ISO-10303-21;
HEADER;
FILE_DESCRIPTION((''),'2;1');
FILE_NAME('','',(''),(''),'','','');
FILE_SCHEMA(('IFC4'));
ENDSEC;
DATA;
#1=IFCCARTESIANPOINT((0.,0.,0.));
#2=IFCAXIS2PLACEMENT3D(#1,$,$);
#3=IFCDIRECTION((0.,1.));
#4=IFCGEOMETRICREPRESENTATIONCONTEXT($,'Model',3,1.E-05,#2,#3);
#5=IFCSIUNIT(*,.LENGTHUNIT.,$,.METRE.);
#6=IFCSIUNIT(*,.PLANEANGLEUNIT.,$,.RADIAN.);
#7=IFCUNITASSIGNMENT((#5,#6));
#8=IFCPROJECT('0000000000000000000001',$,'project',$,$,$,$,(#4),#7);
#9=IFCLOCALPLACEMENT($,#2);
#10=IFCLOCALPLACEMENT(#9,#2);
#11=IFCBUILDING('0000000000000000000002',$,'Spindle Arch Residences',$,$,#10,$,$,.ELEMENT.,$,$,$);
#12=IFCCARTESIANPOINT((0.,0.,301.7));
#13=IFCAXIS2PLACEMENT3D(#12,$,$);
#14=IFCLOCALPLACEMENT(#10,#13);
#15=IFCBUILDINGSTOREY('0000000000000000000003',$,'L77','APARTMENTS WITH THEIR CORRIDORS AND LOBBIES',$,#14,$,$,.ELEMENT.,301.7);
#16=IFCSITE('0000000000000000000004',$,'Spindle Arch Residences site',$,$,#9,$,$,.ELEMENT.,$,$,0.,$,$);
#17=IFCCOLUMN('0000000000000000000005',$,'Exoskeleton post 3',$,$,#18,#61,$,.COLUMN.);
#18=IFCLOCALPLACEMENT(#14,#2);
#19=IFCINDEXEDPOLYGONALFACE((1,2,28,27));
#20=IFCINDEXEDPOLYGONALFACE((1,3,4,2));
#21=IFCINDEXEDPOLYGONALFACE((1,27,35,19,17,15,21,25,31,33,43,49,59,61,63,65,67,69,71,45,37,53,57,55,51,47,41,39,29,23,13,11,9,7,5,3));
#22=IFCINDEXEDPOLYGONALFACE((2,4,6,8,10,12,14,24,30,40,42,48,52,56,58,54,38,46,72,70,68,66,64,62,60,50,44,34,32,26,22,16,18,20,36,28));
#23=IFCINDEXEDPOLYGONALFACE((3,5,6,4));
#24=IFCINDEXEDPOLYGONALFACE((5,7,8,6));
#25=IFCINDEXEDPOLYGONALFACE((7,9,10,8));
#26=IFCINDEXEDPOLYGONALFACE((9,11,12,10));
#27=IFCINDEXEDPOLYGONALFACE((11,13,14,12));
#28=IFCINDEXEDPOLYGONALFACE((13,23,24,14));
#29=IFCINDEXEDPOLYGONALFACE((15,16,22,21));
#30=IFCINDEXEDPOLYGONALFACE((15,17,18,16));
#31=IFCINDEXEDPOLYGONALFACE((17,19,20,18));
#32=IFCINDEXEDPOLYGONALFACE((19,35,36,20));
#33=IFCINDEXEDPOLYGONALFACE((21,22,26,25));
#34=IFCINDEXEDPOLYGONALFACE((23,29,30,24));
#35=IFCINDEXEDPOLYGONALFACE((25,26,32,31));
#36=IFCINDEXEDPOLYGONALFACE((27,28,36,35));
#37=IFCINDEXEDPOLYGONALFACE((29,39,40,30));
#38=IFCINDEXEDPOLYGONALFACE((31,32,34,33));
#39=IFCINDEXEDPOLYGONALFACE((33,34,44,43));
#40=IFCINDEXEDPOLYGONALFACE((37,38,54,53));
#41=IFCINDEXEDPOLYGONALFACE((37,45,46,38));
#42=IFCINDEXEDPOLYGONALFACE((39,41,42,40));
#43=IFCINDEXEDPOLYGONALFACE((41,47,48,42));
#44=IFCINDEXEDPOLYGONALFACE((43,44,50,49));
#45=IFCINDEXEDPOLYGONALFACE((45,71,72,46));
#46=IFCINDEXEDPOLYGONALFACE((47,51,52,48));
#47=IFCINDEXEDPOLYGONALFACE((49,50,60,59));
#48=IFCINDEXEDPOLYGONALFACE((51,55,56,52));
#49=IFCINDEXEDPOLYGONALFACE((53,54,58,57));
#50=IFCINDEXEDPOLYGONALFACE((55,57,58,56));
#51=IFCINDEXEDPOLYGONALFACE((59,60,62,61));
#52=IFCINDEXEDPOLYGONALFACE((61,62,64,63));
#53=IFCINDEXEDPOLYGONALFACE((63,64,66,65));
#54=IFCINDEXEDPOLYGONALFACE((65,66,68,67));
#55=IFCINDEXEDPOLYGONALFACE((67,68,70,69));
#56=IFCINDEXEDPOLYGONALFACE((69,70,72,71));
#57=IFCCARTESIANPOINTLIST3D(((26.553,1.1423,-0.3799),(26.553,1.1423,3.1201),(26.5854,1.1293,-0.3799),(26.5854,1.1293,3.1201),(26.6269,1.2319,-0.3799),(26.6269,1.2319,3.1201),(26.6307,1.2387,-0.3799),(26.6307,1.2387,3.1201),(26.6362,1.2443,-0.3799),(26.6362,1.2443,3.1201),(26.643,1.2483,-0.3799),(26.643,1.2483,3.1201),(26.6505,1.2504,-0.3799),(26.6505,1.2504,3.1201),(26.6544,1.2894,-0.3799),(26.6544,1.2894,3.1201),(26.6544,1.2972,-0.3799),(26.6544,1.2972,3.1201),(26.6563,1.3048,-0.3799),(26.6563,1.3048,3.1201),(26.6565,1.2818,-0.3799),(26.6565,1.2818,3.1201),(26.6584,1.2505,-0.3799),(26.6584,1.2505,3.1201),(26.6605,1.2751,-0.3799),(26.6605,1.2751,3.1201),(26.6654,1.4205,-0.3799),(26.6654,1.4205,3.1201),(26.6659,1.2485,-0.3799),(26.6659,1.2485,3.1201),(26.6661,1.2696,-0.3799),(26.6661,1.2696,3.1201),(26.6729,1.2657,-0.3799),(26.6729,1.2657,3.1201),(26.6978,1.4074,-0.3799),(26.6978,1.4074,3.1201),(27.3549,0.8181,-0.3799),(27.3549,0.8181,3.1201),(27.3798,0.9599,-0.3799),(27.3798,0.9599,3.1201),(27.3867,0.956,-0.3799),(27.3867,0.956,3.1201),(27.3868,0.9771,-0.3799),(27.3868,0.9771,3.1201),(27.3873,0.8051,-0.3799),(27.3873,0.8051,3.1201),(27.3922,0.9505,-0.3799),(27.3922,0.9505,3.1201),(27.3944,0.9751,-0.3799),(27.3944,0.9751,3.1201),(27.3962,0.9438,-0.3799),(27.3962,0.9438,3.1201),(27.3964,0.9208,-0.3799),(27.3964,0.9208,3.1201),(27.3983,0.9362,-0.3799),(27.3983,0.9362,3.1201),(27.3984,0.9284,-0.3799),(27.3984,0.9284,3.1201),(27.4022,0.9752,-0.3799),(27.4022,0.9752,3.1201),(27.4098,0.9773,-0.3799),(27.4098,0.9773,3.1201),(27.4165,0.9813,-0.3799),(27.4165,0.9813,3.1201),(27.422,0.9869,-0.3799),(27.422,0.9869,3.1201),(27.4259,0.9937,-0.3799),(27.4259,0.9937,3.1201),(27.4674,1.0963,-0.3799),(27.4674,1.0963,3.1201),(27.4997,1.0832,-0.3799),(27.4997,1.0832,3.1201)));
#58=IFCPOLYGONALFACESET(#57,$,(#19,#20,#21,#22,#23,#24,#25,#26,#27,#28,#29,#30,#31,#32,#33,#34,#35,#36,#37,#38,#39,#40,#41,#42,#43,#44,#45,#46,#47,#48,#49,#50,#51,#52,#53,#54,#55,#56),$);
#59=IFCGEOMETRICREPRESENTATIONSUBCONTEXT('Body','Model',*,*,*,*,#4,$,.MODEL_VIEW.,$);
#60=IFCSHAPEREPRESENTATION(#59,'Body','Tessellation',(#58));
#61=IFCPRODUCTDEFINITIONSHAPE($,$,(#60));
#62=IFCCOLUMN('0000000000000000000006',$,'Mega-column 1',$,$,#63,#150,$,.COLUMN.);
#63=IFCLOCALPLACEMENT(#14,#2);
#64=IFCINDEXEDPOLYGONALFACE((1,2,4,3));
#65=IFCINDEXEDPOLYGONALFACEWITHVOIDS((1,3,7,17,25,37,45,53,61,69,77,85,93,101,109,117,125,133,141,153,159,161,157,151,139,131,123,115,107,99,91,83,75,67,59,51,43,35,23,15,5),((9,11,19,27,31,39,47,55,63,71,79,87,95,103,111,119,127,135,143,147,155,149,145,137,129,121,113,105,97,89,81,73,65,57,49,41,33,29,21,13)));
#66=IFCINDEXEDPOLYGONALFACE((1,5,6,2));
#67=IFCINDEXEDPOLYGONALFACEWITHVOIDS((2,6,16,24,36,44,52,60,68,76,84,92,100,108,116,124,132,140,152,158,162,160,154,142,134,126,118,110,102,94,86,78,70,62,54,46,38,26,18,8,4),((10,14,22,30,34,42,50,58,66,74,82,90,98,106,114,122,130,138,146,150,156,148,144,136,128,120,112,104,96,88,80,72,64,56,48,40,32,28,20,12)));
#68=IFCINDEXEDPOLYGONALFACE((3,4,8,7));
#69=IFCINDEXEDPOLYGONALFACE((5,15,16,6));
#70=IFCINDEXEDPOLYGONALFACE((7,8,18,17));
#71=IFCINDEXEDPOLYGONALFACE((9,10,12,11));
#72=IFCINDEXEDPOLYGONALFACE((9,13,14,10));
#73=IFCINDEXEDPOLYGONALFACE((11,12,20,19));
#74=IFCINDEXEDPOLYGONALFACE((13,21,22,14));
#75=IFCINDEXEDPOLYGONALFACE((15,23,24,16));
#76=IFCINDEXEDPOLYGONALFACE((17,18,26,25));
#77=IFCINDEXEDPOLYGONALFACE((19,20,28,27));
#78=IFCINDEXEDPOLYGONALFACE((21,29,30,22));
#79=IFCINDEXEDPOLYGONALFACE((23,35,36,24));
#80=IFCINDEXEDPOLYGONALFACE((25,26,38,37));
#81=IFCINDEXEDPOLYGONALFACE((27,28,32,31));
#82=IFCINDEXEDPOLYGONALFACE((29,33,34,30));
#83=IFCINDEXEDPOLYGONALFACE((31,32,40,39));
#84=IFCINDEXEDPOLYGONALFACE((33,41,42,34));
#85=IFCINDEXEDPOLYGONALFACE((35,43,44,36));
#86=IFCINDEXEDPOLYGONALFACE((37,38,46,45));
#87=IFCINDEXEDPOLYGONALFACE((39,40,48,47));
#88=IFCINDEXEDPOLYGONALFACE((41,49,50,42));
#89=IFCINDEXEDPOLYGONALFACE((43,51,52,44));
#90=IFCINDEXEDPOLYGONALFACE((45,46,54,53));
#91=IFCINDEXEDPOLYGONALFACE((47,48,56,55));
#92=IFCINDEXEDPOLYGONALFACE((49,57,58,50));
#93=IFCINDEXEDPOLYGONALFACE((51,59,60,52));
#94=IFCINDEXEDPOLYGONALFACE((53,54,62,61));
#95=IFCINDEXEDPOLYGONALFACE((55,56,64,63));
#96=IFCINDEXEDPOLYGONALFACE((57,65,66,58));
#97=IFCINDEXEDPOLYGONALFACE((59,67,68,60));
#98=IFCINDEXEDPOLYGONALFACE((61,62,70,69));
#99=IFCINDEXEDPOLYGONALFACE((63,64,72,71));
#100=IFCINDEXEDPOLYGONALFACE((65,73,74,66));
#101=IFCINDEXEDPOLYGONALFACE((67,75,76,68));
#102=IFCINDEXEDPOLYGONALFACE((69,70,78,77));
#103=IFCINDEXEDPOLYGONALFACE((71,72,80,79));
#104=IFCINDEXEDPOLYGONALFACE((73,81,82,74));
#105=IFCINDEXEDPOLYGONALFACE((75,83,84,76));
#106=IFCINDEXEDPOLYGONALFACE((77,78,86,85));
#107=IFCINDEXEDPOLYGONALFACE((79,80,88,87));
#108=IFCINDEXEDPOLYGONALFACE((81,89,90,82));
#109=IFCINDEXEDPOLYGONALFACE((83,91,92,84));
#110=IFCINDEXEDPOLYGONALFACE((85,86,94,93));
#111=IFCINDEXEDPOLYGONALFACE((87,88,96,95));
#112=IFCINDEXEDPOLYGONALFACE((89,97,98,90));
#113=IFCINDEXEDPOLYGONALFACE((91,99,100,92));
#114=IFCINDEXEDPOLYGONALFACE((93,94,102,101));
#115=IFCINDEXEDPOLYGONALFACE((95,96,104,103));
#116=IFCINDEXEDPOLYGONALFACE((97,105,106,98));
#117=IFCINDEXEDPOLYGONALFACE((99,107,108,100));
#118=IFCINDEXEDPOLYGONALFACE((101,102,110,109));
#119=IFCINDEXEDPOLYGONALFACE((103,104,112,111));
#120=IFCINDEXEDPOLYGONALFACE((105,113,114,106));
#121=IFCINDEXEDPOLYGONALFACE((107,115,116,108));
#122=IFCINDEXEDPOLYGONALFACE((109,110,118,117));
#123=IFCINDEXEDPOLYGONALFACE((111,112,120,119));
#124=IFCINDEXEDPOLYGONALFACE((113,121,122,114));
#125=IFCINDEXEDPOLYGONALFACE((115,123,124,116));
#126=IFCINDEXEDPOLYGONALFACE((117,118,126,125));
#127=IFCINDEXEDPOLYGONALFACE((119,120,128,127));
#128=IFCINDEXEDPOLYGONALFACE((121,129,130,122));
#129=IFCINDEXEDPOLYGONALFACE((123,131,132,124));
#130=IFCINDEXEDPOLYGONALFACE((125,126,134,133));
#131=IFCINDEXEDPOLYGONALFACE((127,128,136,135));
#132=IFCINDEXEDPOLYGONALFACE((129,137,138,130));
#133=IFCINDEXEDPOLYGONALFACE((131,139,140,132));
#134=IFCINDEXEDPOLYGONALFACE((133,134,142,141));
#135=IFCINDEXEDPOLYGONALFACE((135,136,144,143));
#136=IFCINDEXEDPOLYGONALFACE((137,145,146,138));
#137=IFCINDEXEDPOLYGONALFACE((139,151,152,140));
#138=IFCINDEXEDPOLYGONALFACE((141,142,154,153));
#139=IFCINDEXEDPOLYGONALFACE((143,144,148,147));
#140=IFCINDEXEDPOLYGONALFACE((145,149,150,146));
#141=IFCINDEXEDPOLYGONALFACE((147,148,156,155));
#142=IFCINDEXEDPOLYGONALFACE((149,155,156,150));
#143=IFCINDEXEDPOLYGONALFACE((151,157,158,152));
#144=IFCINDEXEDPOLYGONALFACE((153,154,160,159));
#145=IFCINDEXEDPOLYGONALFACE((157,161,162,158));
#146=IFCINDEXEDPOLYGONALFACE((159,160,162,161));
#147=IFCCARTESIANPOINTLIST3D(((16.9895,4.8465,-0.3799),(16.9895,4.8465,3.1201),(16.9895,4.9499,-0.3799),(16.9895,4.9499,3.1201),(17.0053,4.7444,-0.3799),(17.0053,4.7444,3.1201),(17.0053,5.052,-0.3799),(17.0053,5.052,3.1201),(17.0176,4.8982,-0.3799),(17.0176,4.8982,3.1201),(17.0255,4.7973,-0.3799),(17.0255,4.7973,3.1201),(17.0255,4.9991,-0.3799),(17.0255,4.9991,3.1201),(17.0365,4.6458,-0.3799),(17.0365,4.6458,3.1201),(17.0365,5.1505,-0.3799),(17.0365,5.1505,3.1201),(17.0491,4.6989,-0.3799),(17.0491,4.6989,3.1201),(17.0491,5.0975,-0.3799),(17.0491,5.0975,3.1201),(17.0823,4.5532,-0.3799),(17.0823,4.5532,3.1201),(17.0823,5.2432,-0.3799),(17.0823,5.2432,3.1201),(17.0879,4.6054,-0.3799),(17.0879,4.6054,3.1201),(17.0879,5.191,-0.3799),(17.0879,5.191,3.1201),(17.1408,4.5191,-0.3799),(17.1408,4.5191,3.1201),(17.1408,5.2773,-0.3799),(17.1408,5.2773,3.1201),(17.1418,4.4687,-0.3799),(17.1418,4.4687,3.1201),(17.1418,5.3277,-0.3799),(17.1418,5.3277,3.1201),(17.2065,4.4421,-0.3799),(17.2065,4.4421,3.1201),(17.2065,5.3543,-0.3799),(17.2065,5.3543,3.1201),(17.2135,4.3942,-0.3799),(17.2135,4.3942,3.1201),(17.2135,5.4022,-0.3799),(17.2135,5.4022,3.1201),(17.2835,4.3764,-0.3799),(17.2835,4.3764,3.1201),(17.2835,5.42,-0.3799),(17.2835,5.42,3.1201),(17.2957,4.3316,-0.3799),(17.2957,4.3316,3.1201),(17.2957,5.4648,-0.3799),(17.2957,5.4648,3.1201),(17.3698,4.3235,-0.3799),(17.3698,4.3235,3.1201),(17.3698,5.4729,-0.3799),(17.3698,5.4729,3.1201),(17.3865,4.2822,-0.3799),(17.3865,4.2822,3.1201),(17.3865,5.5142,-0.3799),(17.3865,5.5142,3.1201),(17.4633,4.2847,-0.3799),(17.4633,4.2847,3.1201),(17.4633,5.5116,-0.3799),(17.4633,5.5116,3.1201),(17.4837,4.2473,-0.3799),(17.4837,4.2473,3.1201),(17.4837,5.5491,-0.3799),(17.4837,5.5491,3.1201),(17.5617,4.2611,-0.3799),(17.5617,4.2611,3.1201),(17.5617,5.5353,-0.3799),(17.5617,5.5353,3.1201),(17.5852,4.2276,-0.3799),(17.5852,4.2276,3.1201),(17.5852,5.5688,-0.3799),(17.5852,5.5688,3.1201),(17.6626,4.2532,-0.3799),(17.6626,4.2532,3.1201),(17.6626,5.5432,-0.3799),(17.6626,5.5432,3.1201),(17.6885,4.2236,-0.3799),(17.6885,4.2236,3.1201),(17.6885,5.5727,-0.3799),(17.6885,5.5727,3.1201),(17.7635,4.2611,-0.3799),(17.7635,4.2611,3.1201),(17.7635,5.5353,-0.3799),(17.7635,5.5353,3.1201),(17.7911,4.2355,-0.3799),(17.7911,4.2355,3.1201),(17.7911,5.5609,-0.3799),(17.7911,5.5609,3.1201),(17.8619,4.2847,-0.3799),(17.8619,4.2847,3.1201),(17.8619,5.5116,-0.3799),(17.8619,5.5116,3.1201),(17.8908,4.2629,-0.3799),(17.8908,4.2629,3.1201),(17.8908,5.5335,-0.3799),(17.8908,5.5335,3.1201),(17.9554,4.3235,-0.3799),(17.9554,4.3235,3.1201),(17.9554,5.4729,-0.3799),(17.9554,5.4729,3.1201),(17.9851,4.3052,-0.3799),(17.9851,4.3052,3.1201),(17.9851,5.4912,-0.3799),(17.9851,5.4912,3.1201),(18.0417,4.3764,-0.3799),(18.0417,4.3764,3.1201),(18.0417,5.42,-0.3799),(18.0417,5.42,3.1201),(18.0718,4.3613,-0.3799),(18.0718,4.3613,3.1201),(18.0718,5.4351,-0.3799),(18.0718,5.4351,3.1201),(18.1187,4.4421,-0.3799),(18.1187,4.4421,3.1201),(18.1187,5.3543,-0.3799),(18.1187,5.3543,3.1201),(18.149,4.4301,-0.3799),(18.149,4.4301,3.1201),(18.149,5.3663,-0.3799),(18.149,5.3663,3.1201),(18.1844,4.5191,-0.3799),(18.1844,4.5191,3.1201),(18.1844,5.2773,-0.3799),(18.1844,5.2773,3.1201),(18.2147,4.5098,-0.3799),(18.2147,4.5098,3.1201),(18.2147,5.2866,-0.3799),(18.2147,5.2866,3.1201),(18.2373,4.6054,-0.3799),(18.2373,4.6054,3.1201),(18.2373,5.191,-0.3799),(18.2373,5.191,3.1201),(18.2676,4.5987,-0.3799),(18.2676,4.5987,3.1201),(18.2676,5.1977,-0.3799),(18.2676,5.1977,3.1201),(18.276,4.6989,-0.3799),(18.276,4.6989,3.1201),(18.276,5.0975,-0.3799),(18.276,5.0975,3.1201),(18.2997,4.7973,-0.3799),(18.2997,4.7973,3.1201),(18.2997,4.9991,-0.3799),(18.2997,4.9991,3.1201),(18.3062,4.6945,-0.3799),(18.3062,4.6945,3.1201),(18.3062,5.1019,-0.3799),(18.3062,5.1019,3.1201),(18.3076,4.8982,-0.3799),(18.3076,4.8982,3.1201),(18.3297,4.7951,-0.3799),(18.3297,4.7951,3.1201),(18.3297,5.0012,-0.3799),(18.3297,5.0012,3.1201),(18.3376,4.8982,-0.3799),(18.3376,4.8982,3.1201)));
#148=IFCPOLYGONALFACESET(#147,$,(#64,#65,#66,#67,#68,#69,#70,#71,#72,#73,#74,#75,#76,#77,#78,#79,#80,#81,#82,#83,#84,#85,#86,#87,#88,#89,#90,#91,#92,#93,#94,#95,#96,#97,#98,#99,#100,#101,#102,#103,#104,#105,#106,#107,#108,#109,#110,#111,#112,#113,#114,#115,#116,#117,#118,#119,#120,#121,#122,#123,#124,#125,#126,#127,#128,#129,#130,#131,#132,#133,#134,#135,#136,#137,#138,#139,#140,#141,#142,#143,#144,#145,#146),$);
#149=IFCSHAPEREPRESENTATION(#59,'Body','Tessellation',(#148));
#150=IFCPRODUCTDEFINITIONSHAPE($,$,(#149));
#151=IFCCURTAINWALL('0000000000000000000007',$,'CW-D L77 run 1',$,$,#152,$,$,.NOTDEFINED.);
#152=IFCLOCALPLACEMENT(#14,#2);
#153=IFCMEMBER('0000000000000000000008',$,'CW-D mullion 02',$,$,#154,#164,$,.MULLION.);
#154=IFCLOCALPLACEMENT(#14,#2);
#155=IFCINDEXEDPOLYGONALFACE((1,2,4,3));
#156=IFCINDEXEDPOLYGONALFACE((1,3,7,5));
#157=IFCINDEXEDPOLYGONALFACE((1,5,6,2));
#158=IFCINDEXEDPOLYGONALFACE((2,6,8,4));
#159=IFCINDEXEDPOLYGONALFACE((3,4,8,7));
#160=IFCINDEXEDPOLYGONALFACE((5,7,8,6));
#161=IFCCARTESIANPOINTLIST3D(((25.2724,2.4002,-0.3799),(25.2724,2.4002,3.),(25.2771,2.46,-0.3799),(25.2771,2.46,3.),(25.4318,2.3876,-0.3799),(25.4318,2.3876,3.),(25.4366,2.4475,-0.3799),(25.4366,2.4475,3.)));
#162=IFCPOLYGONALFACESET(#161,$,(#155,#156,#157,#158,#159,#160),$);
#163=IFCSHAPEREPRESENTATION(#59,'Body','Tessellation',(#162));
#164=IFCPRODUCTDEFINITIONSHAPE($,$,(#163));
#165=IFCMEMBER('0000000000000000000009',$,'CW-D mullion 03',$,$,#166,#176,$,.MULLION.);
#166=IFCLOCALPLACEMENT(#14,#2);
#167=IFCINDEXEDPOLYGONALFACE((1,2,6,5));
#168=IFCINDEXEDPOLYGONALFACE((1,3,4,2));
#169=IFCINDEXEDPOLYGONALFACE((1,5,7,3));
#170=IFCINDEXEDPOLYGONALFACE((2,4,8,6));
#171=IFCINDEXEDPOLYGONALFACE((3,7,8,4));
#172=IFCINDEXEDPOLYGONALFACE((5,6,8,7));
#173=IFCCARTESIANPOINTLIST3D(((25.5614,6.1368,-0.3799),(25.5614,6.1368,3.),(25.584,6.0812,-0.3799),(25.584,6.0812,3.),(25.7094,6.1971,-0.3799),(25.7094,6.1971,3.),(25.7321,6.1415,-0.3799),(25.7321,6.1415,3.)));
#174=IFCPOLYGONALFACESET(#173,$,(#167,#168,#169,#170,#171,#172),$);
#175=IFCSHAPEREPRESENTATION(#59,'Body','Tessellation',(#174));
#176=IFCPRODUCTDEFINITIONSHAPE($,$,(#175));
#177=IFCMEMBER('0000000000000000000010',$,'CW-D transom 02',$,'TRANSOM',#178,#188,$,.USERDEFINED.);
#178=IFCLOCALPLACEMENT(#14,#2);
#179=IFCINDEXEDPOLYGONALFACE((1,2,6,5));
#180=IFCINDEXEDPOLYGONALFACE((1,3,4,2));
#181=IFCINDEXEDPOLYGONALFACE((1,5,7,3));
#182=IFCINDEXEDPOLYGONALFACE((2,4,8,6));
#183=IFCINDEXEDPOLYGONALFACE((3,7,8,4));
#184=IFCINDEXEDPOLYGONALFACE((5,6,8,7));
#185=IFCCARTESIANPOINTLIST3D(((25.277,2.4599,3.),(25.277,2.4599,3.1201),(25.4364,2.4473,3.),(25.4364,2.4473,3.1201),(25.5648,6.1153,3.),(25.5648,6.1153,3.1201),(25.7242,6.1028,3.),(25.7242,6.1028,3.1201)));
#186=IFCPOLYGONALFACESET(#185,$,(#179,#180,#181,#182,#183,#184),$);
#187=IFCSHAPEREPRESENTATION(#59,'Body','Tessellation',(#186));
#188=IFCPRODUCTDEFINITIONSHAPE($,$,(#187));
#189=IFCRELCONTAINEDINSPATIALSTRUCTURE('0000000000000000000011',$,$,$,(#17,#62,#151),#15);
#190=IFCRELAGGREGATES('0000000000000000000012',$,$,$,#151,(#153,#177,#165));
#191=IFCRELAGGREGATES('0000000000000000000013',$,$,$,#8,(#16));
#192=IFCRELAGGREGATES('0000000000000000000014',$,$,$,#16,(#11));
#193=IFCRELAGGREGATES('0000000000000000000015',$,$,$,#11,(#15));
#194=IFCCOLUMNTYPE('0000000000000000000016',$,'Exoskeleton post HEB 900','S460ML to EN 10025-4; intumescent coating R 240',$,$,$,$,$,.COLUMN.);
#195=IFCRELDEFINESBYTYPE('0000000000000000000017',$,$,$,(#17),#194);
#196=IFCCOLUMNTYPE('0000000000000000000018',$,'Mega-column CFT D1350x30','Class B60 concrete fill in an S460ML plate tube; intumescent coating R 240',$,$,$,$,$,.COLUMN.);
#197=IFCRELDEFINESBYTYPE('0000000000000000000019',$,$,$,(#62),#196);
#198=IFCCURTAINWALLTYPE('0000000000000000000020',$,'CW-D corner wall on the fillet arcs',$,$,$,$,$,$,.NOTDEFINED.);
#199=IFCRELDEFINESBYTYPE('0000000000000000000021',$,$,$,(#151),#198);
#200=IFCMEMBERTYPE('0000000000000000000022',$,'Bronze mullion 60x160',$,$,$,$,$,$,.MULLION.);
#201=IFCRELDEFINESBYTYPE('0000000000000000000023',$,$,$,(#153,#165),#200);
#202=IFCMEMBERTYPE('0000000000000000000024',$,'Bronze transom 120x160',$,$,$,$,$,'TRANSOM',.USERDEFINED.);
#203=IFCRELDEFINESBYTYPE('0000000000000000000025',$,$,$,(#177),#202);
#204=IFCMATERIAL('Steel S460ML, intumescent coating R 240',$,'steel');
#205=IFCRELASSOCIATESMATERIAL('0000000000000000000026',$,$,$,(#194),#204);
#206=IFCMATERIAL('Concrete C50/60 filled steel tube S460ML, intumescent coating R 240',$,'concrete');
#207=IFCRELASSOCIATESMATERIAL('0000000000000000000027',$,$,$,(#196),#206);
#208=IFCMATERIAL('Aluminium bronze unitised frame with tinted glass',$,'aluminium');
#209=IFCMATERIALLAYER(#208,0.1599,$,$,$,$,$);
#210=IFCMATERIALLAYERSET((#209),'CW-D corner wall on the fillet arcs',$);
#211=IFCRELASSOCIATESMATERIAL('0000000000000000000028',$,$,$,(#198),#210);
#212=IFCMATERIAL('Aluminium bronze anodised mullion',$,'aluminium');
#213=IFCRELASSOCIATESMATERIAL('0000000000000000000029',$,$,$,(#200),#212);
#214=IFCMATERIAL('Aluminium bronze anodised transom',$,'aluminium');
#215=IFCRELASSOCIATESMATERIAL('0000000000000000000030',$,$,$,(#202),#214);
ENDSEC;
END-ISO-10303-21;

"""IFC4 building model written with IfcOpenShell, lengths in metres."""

from ifc_helpers import new_model, si_unit, direction, frame, origin, origin_2d, place, context, subcontext, project, spatial, rectangle, hollow_circle, i_section, extrude, material, layer, layer_set, material_profile, profile_set, type_object, element, aggregate, save


model = new_model("IFC4")

# Units and contexts
model_context = context("Model", 3, precision=1e-05, world=origin(), true_north=direction((0.0, 1.0)))
body_context = subcontext(model_context, "Body", "Model", "MODEL_VIEW")
ifc_project = project(units=[si_unit("LENGTHUNIT", "METRE"), si_unit("PLANEANGLEUNIT", "RADIAN")], contexts=[model_context])

# Site, building, storey
site_placement = place(None, origin())
site = spatial("IfcSite", under=ifc_project, at=site_placement, Name="Spindle Arch Residences site", CompositionType="ELEMENT", RefElevation=0.0)
building_placement = place(site_placement, origin())
building = spatial("IfcBuilding", under=site, at=building_placement, Name="Spindle Arch Residences", CompositionType="ELEMENT")
storey_placement = place(building_placement, frame((0.0, 0.0, 301.7)))
storey = spatial("IfcBuildingStorey", under=building, at=storey_placement, Name="L77", Description="APARTMENTS WITH THEIR CORRIDORS AND LOBBIES", CompositionType="ELEMENT", Elevation=301.7)

# Columns
ifc_material_1 = material(Name="Steel S460ML, intumescent coating R 240", Category="steel")
ifc_material_profile_1 = material_profile(ifc_material_1, i_section(OverallWidth=0.3, OverallDepth=0.8999, WebThickness=0.0186, FlangeThickness=0.0349, FilletRadius=0.03, at=origin_2d()), Name="HEB 900")
ifc_profile_set_1 = profile_set([ifc_material_profile_1], Name="Steel S460ML, intumescent coating R 240")
column_type_1 = type_object("IfcColumnType", Name="Exoskeleton post HEB 900", Description="S460ML to EN 10025-4; intumescent coating R 240", PredefinedType="COLUMN", material=ifc_profile_set_1)
column_1_placement = place(storey_placement, frame((27.0264, 1.1128, -0.3799), z_axis=(0.0, 0.0, 1.0), x_axis=(-0.374803, -0.927105, 0.0)))
element("IfcColumn", 1, at=column_1_placement, inside=storey, type_object=column_type_1, Name="Exoskeleton post 3", PredefinedType="COLUMN", context=body_context, shape_type="SweptSolid", body=[
    extrude(i_section(OverallWidth=0.3, OverallDepth=0.8999, WebThickness=0.0186, FlangeThickness=0.0349, FilletRadius=0.03, at=origin_2d()), origin(), (0.0, 0.0, 1.0), 3.5),
])
ifc_material_2 = material(Name="Concrete C50/60 filled steel tube S460ML, intumescent coating R 240", Category="concrete")
ifc_material_profile_2 = material_profile(ifc_material_2, hollow_circle(Radius=0.675, WallThickness=0.03, at=origin_2d()), Name="CFT D1350x30")
ifc_profile_set_2 = profile_set([ifc_material_profile_2], Name="Concrete C50/60 filled steel tube S460ML, intumescent coating R 240")
column_type_2 = type_object("IfcColumnType", Name="Mega-column CFT D1350x30", Description="Class B60 concrete fill in an S460ML plate tube; intumescent coating R 240", PredefinedType="COLUMN", material=ifc_profile_set_2)
column_2_placement = place(storey_placement, frame((17.6626, 4.8982, -0.3799), z_axis=(0.0, 0.0, 1.0), x_axis=(1.0, 0.0, 0.0)))
element("IfcColumn", 2, at=column_2_placement, inside=storey, type_object=column_type_2, Name="Mega-column 1", PredefinedType="COLUMN", context=body_context, shape_type="SweptSolid", body=[
    extrude(hollow_circle(Radius=0.675, WallThickness=0.03, at=origin_2d()), origin(), (0.0, 0.0, 1.0), 3.5),
])

# Curtain wall, members
ifc_material_3 = material(Name="Aluminium bronze unitised frame with tinted glass", Category="aluminium")
ifc_layer_1 = layer(ifc_material_3, 0.1599)
ifc_layer_set_1 = layer_set([ifc_layer_1], Name="CW-D corner wall on the fillet arcs")
curtain_wall_type = type_object("IfcCurtainWallType", Name="CW-D corner wall on the fillet arcs", PredefinedType="NOTDEFINED", material=ifc_layer_set_1)
curtain_wall_placement = place(storey_placement, origin())
curtain_wall = element("IfcCurtainWall", 3, at=curtain_wall_placement, inside=storey, type_object=curtain_wall_type, Name="CW-D L77 run 1", PredefinedType="NOTDEFINED")
ifc_material_4 = material(Name="Aluminium bronze anodised mullion", Category="aluminium")
ifc_material_profile_3 = material_profile(ifc_material_4, rectangle(XDim=0.1599, YDim=0.0601, at=origin_2d()), Name="MU 60x160")
ifc_profile_set_3 = profile_set([ifc_material_profile_3], Name="Aluminium bronze anodised mullion")
member_type_1 = type_object("IfcMemberType", Name="Bronze mullion 60x160", PredefinedType="MULLION", material=ifc_profile_set_3)
member_1_placement = place(storey_placement, frame((25.3545, 2.4238, -0.3799), z_axis=(0.0, 0.0, 1.0), x_axis=(-0.996917, 0.078459, 0.0)))
member_1 = element("IfcMember", 4, at=member_1_placement, type_object=member_type_1, Name="CW-D mullion 02", PredefinedType="MULLION", context=body_context, shape_type="SweptSolid", body=[
    extrude(rectangle(XDim=0.1599, YDim=0.0601, at=origin_2d()), origin(), (0.0, 0.0, 1.0), 3.3799),
])
member_2_placement = place(storey_placement, frame((25.6467, 6.1392, -0.3799), z_axis=(0.0, 0.0, 1.0), x_axis=(-0.92609, -0.377302, 0.0)))
member_2 = element("IfcMember", 5, at=member_2_placement, type_object=member_type_1, Name="CW-D mullion 03", PredefinedType="MULLION", context=body_context, shape_type="SweptSolid", body=[
    extrude(rectangle(XDim=0.1599, YDim=0.0601, at=origin_2d()), origin(), (0.0, 0.0, 1.0), 3.3799),
])
ifc_material_5 = material(Name="Aluminium bronze anodised transom", Category="aluminium")
ifc_material_profile_4 = material_profile(ifc_material_5, rectangle(XDim=0.1599, YDim=0.1201, at=origin_2d()), Name="TR 120x160")
ifc_profile_set_4 = profile_set([ifc_material_profile_4], Name="Aluminium bronze anodised transom")
member_type_2 = type_object("IfcMemberType", Name="Bronze transom 120x160", ElementType="TRANSOM", PredefinedType="USERDEFINED", material=ifc_profile_set_4)
member_3_placement = place(storey_placement, frame((25.3567, 2.4536, 3.0601), z_axis=(0.078499, 0.996914, 0.0), x_axis=(-0.996914, 0.078499, 0.0)))
member_3 = element("IfcMember", 6, at=member_3_placement, type_object=member_type_2, Name="CW-D transom 02", ObjectType="TRANSOM", PredefinedType="USERDEFINED", context=body_context, shape_type="SweptSolid", body=[
    extrude(rectangle(XDim=0.1599, YDim=0.1201, at=origin_2d()), origin(), (0.0, 0.0, 1.0), 3.6667),
])

aggregate(curtain_wall, [member_1, member_3, member_2])

save(model, "model.ifc")
